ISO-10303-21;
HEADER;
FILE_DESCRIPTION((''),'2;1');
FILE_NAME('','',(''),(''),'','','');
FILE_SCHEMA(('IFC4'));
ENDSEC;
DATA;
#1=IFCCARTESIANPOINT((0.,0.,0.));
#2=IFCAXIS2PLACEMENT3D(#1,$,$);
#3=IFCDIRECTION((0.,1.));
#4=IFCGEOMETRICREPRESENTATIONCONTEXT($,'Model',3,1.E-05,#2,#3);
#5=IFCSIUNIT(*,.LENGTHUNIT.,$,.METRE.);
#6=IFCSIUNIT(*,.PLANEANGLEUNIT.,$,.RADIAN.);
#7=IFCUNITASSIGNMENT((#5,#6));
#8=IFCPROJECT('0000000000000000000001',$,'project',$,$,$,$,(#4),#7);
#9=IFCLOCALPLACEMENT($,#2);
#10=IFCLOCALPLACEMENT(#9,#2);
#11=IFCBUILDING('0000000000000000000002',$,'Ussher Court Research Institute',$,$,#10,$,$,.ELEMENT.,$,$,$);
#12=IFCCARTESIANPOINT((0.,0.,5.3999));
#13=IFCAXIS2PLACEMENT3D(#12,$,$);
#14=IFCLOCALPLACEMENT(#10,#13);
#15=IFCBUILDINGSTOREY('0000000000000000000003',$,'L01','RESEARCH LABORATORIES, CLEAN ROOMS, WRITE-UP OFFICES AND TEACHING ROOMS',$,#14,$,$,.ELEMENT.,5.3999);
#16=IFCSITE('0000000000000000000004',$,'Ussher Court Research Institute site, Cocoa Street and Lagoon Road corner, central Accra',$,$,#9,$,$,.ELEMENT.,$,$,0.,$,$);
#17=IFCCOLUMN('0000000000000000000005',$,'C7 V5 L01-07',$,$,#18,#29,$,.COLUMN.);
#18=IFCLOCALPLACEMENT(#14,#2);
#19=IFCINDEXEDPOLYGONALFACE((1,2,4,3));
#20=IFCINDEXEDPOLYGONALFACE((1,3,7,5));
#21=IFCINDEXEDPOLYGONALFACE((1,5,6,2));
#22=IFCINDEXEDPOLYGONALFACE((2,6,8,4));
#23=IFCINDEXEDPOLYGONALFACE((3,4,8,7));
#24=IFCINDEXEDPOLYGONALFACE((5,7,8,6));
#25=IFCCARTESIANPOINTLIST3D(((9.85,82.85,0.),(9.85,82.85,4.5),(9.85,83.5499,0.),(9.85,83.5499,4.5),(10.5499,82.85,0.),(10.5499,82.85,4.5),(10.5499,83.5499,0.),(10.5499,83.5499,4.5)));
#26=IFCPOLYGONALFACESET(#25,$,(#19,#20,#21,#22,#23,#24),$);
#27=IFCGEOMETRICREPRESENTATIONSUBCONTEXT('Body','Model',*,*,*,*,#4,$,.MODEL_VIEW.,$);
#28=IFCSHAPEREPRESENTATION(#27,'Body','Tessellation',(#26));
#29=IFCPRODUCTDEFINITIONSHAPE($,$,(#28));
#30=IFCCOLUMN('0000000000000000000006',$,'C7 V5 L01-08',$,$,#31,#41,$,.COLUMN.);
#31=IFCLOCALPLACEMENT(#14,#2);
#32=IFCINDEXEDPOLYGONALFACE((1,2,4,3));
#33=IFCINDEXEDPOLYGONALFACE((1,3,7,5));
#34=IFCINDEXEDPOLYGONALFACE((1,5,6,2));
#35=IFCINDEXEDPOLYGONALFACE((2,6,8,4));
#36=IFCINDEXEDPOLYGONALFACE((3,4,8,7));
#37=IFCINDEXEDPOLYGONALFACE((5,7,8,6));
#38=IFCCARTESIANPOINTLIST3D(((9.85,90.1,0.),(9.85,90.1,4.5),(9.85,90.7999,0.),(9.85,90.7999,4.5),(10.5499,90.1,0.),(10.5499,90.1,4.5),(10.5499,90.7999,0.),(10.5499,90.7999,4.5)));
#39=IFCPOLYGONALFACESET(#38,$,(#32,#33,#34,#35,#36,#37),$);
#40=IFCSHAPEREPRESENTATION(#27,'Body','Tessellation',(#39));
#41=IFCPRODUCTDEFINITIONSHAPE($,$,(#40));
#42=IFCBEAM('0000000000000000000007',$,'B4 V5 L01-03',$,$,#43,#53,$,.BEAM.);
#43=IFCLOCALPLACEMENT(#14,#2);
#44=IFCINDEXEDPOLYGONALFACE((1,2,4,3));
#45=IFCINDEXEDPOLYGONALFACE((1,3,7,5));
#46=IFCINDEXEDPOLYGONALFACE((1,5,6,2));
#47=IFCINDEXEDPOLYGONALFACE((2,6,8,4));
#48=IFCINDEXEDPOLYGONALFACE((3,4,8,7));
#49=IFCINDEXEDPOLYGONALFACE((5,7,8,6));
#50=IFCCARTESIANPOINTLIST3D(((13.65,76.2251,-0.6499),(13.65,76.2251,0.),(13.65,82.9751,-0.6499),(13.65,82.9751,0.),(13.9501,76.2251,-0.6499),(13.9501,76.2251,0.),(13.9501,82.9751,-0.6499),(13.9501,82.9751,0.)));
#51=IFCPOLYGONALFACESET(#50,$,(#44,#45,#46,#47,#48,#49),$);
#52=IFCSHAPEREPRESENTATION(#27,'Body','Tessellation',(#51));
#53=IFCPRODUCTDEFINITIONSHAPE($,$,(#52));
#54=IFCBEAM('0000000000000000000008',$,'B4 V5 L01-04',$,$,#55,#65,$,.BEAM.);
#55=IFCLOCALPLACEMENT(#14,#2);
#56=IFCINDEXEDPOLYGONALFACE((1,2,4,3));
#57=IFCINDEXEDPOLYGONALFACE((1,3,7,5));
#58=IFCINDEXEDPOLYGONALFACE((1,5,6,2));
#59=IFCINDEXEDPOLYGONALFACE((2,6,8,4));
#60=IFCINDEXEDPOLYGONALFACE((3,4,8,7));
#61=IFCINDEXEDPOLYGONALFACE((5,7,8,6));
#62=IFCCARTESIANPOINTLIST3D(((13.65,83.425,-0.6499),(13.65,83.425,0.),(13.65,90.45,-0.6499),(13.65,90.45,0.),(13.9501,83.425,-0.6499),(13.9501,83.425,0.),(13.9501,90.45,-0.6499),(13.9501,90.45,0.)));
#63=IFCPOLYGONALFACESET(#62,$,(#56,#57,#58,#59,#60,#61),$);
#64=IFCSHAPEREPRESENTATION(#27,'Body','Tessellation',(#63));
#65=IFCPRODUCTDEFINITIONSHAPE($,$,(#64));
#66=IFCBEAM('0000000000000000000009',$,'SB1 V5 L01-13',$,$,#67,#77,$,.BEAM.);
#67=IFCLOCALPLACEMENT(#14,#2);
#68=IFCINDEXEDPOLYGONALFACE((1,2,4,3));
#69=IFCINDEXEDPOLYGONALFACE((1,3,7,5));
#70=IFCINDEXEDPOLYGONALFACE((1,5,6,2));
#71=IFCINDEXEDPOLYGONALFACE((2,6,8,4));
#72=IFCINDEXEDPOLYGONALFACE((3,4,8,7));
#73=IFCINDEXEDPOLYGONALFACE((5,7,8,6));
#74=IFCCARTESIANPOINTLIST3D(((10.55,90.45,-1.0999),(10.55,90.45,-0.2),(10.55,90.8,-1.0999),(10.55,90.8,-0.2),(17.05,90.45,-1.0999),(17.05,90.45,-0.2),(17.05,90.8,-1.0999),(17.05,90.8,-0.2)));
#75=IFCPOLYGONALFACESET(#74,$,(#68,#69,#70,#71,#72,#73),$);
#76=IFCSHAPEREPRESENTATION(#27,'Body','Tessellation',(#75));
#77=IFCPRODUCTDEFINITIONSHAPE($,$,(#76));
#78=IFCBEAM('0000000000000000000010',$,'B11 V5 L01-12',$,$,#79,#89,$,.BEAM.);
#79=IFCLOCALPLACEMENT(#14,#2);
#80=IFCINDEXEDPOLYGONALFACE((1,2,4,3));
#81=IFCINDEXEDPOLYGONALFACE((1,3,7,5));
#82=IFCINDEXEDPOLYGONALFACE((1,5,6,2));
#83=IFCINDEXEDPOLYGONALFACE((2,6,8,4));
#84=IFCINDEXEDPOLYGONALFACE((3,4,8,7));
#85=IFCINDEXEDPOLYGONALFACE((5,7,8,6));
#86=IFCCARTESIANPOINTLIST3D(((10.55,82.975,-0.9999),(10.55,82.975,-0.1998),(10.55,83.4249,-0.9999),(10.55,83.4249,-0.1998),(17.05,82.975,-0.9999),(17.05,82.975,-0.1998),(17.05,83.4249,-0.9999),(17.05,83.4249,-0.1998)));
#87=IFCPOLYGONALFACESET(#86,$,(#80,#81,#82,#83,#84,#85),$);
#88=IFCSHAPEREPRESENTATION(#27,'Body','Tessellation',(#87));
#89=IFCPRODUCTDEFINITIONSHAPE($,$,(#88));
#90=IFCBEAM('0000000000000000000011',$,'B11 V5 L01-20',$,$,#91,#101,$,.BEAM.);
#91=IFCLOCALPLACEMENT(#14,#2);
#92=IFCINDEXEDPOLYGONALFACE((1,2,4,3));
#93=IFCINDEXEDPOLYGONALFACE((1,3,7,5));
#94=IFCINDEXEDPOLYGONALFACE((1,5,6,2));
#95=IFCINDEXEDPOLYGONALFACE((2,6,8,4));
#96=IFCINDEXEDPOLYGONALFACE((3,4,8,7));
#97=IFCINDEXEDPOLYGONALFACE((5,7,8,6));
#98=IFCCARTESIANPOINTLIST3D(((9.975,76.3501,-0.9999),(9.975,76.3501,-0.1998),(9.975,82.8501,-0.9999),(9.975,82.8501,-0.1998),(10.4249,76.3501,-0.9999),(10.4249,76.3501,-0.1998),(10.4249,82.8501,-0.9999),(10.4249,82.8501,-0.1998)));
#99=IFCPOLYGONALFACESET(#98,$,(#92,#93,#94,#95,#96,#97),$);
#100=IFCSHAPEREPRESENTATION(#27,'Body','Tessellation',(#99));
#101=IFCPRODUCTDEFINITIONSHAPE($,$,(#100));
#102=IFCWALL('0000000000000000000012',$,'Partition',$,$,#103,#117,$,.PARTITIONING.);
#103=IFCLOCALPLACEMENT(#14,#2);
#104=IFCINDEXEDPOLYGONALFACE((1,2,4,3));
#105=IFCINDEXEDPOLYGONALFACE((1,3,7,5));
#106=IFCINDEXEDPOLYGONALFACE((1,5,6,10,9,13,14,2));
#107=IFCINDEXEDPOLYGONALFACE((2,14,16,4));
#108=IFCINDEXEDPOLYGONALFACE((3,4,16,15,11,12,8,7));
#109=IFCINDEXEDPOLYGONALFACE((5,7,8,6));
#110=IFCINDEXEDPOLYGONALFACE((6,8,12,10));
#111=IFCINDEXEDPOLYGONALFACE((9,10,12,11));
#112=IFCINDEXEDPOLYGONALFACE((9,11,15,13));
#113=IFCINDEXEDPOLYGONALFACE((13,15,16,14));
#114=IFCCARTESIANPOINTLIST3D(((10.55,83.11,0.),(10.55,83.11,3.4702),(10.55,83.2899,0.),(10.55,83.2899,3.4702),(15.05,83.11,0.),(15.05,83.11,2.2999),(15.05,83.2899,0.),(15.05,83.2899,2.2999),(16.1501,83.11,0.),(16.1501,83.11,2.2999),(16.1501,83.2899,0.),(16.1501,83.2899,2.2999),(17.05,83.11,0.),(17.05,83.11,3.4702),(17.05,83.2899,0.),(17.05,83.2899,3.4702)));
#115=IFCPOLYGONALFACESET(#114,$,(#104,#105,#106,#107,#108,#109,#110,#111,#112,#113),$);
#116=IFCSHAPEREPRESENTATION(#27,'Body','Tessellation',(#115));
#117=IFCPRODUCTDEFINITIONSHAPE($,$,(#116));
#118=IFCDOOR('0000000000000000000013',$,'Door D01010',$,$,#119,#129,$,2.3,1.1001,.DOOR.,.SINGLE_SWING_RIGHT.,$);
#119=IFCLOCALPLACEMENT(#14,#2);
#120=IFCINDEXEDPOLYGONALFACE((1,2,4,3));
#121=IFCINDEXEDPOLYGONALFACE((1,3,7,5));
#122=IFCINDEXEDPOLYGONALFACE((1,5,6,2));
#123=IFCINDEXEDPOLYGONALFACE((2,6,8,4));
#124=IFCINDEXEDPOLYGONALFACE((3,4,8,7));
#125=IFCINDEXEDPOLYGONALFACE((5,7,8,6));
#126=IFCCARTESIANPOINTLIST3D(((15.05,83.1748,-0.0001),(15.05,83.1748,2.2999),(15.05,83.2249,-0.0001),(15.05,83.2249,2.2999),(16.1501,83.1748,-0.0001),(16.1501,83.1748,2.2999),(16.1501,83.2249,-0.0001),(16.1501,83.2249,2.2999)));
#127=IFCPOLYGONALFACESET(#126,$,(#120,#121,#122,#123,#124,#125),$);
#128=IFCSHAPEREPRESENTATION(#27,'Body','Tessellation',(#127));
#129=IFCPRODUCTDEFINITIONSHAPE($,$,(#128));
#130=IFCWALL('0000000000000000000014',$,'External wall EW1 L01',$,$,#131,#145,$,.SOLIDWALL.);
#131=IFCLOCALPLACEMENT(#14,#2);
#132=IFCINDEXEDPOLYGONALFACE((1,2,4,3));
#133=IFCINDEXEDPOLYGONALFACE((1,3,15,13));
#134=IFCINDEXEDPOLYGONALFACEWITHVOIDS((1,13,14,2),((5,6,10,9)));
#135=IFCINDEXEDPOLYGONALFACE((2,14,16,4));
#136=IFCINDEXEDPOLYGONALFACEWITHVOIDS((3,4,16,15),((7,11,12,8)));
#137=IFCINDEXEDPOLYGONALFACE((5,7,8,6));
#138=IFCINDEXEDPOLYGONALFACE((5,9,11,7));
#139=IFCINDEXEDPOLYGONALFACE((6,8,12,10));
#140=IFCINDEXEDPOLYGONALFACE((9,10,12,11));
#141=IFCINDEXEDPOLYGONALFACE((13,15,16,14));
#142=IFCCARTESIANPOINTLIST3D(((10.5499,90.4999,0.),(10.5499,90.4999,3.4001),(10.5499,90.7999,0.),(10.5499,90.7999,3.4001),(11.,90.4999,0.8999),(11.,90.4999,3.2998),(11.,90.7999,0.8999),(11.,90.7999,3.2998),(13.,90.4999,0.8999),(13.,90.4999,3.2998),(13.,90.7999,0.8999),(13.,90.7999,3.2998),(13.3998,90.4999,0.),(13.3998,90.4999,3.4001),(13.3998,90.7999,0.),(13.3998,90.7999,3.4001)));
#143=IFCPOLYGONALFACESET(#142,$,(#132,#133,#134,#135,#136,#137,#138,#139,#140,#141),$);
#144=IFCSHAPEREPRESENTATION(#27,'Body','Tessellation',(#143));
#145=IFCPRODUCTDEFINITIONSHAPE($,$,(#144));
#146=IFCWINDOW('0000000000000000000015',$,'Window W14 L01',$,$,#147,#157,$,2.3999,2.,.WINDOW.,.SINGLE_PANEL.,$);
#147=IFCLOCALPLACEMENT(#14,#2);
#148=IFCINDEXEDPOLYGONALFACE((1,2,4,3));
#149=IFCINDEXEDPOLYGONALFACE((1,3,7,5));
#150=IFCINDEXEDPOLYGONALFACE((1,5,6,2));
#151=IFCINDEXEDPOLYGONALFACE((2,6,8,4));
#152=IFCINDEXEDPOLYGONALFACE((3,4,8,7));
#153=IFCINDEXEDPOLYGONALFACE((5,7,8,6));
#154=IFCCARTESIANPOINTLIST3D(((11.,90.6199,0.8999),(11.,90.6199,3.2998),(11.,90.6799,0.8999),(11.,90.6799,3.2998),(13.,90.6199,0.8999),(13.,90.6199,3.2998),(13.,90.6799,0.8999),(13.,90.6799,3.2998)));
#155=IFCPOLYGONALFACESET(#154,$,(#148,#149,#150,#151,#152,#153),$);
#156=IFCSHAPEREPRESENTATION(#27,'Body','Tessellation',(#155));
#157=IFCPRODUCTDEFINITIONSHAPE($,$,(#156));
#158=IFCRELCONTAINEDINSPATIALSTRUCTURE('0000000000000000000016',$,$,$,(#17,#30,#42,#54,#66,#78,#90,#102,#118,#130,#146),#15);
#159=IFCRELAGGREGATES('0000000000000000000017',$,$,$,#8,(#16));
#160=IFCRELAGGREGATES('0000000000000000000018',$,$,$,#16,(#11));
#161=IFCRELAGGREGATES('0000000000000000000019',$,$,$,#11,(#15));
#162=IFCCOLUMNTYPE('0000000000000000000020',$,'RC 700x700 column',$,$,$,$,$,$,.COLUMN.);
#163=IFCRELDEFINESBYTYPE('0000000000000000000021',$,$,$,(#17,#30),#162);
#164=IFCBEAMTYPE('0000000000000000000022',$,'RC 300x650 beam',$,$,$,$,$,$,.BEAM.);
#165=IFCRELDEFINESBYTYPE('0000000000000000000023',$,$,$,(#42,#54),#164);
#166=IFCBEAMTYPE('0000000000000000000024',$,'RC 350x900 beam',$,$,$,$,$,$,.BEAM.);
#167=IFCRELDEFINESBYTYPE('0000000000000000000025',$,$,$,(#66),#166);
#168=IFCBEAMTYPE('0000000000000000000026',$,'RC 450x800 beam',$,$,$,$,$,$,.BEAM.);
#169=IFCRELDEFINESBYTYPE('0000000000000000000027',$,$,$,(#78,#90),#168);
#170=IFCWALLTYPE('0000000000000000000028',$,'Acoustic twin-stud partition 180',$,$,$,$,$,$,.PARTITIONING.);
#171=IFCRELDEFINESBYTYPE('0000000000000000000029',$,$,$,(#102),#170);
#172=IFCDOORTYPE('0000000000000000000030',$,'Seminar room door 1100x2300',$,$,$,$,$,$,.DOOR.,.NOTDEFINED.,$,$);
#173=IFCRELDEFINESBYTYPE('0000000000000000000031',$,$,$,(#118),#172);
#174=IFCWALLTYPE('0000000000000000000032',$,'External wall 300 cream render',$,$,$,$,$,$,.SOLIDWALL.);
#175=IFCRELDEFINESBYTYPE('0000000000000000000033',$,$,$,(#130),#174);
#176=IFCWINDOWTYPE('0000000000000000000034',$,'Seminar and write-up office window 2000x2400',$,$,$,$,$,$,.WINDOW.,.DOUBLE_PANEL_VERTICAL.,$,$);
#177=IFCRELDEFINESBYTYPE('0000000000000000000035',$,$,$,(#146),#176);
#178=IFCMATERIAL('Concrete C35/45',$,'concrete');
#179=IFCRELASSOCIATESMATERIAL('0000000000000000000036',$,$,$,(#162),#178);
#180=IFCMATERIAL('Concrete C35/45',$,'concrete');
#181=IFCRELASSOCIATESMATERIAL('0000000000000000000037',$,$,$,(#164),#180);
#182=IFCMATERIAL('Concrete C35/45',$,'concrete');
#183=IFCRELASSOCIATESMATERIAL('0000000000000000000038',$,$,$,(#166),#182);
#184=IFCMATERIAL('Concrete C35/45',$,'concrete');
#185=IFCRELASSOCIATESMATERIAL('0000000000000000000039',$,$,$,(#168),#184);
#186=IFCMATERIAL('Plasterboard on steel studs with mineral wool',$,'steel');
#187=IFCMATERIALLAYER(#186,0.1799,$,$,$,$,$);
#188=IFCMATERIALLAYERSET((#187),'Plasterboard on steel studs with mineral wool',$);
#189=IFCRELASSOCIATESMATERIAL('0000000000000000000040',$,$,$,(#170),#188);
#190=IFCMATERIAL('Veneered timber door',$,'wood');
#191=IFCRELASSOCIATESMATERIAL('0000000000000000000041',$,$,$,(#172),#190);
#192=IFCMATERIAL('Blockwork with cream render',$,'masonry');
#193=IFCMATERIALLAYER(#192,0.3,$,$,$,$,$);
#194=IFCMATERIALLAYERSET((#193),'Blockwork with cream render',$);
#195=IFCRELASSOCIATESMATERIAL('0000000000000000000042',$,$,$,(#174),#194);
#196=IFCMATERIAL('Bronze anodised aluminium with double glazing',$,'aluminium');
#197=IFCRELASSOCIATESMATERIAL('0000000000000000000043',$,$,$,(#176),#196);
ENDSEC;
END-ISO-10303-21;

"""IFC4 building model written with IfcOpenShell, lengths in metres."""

from ifc_helpers import new_model, si_unit, direction, frame, frame_2d, origin, origin_2d, place, context, subcontext, project, spatial, rectangle, extrude, material, layer, layer_set, material_profile, profile_set, type_object, element, fill, save


model = new_model("IFC4")

# Units and contexts
model_context = context("Model", 3, precision=1e-05, world=origin(), true_north=direction((0.0, 1.0)))
body_context = subcontext(model_context, "Body", "Model", "MODEL_VIEW")
ifc_project = project(units=[si_unit("LENGTHUNIT", "METRE"), si_unit("PLANEANGLEUNIT", "RADIAN")], contexts=[model_context])

# Site, building, storey
site_placement = place(None, origin())
site = spatial("IfcSite", under=ifc_project, at=site_placement, Name="Ussher Court Research Institute site, Cocoa Street and Lagoon Road corner, central Accra", CompositionType="ELEMENT", RefElevation=0.0)
building_placement = place(site_placement, origin())
building = spatial("IfcBuilding", under=site, at=building_placement, Name="Ussher Court Research Institute", CompositionType="ELEMENT")
storey_placement = place(building_placement, frame((0.0, 0.0, 5.3999)))
storey = spatial("IfcBuildingStorey", under=building, at=storey_placement, Name="L01", Description="RESEARCH LABORATORIES, CLEAN ROOMS, WRITE-UP OFFICES AND TEACHING ROOMS", CompositionType="ELEMENT", Elevation=5.3999)

# Columns
ifc_material_1 = material(Name="Concrete C35/45", Category="concrete")
ifc_material_profile_1 = material_profile(ifc_material_1, rectangle(XDim=0.7, YDim=0.7, at=origin_2d()), Name="RC 700x700")
ifc_profile_set_1 = profile_set([ifc_material_profile_1], Name="Concrete C35/45")
column_type = type_object("IfcColumnType", Name="RC 700x700 column", PredefinedType="COLUMN", material=ifc_profile_set_1)
for number, where, z_axis, x_axis, name in (
    (1, (10.2, 83.2, 0.0), (0.0, 0.0, 1.0), (1.0, 0.0, 0.0), "C7 V5 L01-07"),
    (2, (10.2, 90.45, 0.0), (0.0, 0.0, 1.0), (1.0, 0.0, 0.0), "C7 V5 L01-08"),
):
    element("IfcColumn", number, at=place(storey_placement, frame(where, z_axis=z_axis, x_axis=x_axis)), inside=storey, type_object=column_type, Name=name, PredefinedType="COLUMN", context=body_context, shape_type="SweptSolid", body=[
        extrude(rectangle(XDim=0.7, YDim=0.7, at=origin_2d()), origin(), (0.0, 0.0, 1.0), 4.5),
    ])

# Beams
ifc_material_2 = material(Name="Concrete C35/45", Category="concrete")
ifc_material_profile_2 = material_profile(ifc_material_2, rectangle(XDim=0.3, YDim=0.6499, at=origin_2d()), Name="RC 300x650")
ifc_profile_set_2 = profile_set([ifc_material_profile_2], Name="Concrete C35/45")
beam_type_1 = type_object("IfcBeamType", Name="RC 300x650 beam", PredefinedType="BEAM", material=ifc_profile_set_2)
beam_1_placement = place(storey_placement, frame((13.8, 76.2251, -0.325), z_axis=(0.0, 1.0, 0.0), x_axis=(-1.0, 0.0, 0.0)))
element("IfcBeam", 3, at=beam_1_placement, inside=storey, type_object=beam_type_1, Name="B4 V5 L01-03", PredefinedType="BEAM", context=body_context, shape_type="SweptSolid", body=[
    extrude(rectangle(XDim=0.3, YDim=0.6499, at=origin_2d()), origin(), (0.0, 0.0, 1.0), 6.75),
])
beam_2_placement = place(storey_placement, frame((13.8, 83.425, -0.325), z_axis=(0.0, 1.0, 0.0), x_axis=(-1.0, 0.0, 0.0)))
element("IfcBeam", 4, at=beam_2_placement, inside=storey, type_object=beam_type_1, Name="B4 V5 L01-04", PredefinedType="BEAM", context=body_context, shape_type="SweptSolid", body=[
    extrude(rectangle(XDim=0.3, YDim=0.6499, at=origin_2d()), origin(), (0.0, 0.0, 1.0), 7.0249),
])
ifc_material_3 = material(Name="Concrete C35/45", Category="concrete")
ifc_material_profile_3 = material_profile(ifc_material_3, rectangle(XDim=0.3501, YDim=0.8999, at=origin_2d()), Name="RC 350x900")
ifc_profile_set_3 = profile_set([ifc_material_profile_3], Name="Concrete C35/45")
beam_type_2 = type_object("IfcBeamType", Name="RC 350x900 beam", PredefinedType="BEAM", material=ifc_profile_set_3)
beam_3_placement = place(storey_placement, frame((10.55, 90.625, -0.6499), z_axis=(1.0, 0.0, 0.0), x_axis=(0.0, 1.0, 0.0)))
element("IfcBeam", 5, at=beam_3_placement, inside=storey, type_object=beam_type_2, Name="SB1 V5 L01-13", PredefinedType="BEAM", context=body_context, shape_type="SweptSolid", body=[
    extrude(rectangle(XDim=0.3501, YDim=0.8999, at=origin_2d()), origin(), (0.0, 0.0, 1.0), 6.5),
])
ifc_material_4 = material(Name="Concrete C35/45", Category="concrete")
ifc_material_profile_4 = material_profile(ifc_material_4, rectangle(XDim=0.45, YDim=0.8, at=origin_2d()), Name="RC 450x800")
ifc_profile_set_4 = profile_set([ifc_material_profile_4], Name="Concrete C35/45")
beam_type_3 = type_object("IfcBeamType", Name="RC 450x800 beam", PredefinedType="BEAM", material=ifc_profile_set_4)
for number, where, z_axis, x_axis, name in (
    (6, (10.55, 83.2, -0.5999), (1.0, 0.0, 0.0), (0.0, 1.0, 0.0), "B11 V5 L01-12"),
    (7, (10.2, 76.3501, -0.5999), (0.0, 1.0, 0.0), (-1.0, 0.0, 0.0), "B11 V5 L01-20"),
):
    element("IfcBeam", number, at=place(storey_placement, frame(where, z_axis=z_axis, x_axis=x_axis)), inside=storey, type_object=beam_type_3, Name=name, PredefinedType="BEAM", context=body_context, shape_type="SweptSolid", body=[
        extrude(rectangle(XDim=0.45, YDim=0.8, at=origin_2d()), origin(), (0.0, 0.0, 1.0), 6.5),
    ])

# Wall, opening, door
ifc_material_5 = material(Name="Plasterboard on steel studs with mineral wool", Category="steel")
ifc_layer_1 = layer(ifc_material_5, 0.1799)
ifc_layer_set_1 = layer_set([ifc_layer_1], Name="Plasterboard on steel studs with mineral wool")
wall_type_1 = type_object("IfcWallType", Name="Acoustic twin-stud partition 180", PredefinedType="PARTITIONING", material=ifc_layer_set_1)
wall_1_placement = place(storey_placement, frame((10.55, 83.2, 0.0), z_axis=(0.0, 0.0, 1.0), x_axis=(1.0, 0.0, 0.0)))
wall_1 = element("IfcWall", 8, at=wall_1_placement, inside=storey, type_object=wall_type_1, Name="Partition", PredefinedType="PARTITIONING", context=body_context, shape_type="SweptSolid", body=[
    extrude(rectangle(XDim=6.5, YDim=0.1799, at=frame_2d((3.25, 0.0))), origin(), (0.0, 0.0, 1.0), 3.4702),
])
opening_1_placement = place(wall_1_placement, frame((4.5, 0.0, 0.0)))
opening_1 = element("IfcOpeningElement", 9, at=opening_1_placement, cuts=wall_1, PredefinedType="OPENING", context=body_context, shape_type="SweptSolid", body=[
    extrude(rectangle(XDim=1.1001, YDim=2.3, at=frame_2d((0.55, 1.1499))), frame((0.0, 0.1001, 0.0), z_axis=(0.0, -1.0, 0.0), x_axis=(1.0, 0.0, 0.0)), (0.0, 0.0, 1.0), 0.2),
])
ifc_material_6 = material(Name="Veneered timber door", Category="wood")
door_type_1 = type_object("IfcDoorType", Name="Seminar room door 1100x2300", OperationType="NOTDEFINED", PredefinedType="DOOR", material=ifc_material_6)
door_1_placement = place(opening_1_placement, origin())
door_1 = element("IfcDoor", 10, at=door_1_placement, inside=storey, type_object=door_type_1, Name="Door D01010", OperationType="SINGLE_SWING_RIGHT", OverallHeight=2.3, OverallWidth=1.1001, PredefinedType="DOOR", context=body_context, shape_type="SweptSolid", body=[
    extrude(rectangle(XDim=1.1001, YDim=2.3, at=frame_2d((0.55, 1.1499))), frame((0.0, 0.0249, 0.0), z_axis=(0.0, -1.0, 0.0), x_axis=(1.0, 0.0, 0.0)), (0.0, 0.0, 1.0), 0.05),
])
fill(opening_1, door_1)

# Wall, opening, window
ifc_material_7 = material(Name="Blockwork with cream render", Category="masonry")
ifc_layer_2 = layer(ifc_material_7, 0.3)
ifc_layer_set_2 = layer_set([ifc_layer_2], Name="Blockwork with cream render")
wall_type_2 = type_object("IfcWallType", Name="External wall 300 cream render", PredefinedType="SOLIDWALL", material=ifc_layer_set_2)
wall_2_placement = place(storey_placement, frame((10.55, 90.6499, 0.0), z_axis=(0.0, 0.0, 1.0), x_axis=(1.0, 0.0, 0.0)))
wall_2 = element("IfcWall", 11, at=wall_2_placement, inside=storey, type_object=wall_type_2, Name="External wall EW1 L01", PredefinedType="SOLIDWALL", context=body_context, shape_type="SweptSolid", body=[
    extrude(rectangle(XDim=2.8499, YDim=0.3, at=frame_2d((1.4248, 0.0))), origin(), (0.0, 0.0, 1.0), 3.4001),
])
opening_2_placement = place(wall_2_placement, frame((0.45, 0.0, 0.8999)))
opening_2 = element("IfcOpeningElement", 12, at=opening_2_placement, cuts=wall_2, PredefinedType="OPENING", context=body_context, shape_type="SweptSolid", body=[
    extrude(rectangle(XDim=2.0, YDim=2.3999, at=frame_2d((1.0, 1.2))), frame((0.0, 0.1602, 0.0), z_axis=(0.0, -1.0, 0.0), x_axis=(1.0, 0.0, 0.0)), (0.0, 0.0, 1.0), 0.3201),
])
ifc_material_8 = material(Name="Bronze anodised aluminium with double glazing", Category="aluminium")
window_type = type_object("IfcWindowType", Name="Seminar and write-up office window 2000x2400", PartitioningType="DOUBLE_PANEL_VERTICAL", PredefinedType="WINDOW", material=ifc_material_8)
window_1_placement = place(opening_2_placement, origin())
window_1 = element("IfcWindow", 13, at=window_1_placement, inside=storey, type_object=window_type, Name="Window W14 L01", OverallHeight=2.3999, OverallWidth=2.0, PartitioningType="SINGLE_PANEL", PredefinedType="WINDOW", context=body_context, shape_type="SweptSolid", body=[
    extrude(rectangle(XDim=2.0, YDim=2.3999, at=frame_2d((1.0, 1.2))), frame((0.0, 0.03, 0.0), z_axis=(0.0, -1.0, 0.0), x_axis=(1.0, 0.0, 0.0)), (0.0, 0.0, 1.0), 0.0601),
])
fill(opening_2, window_1)

save(model, "model.ifc")
